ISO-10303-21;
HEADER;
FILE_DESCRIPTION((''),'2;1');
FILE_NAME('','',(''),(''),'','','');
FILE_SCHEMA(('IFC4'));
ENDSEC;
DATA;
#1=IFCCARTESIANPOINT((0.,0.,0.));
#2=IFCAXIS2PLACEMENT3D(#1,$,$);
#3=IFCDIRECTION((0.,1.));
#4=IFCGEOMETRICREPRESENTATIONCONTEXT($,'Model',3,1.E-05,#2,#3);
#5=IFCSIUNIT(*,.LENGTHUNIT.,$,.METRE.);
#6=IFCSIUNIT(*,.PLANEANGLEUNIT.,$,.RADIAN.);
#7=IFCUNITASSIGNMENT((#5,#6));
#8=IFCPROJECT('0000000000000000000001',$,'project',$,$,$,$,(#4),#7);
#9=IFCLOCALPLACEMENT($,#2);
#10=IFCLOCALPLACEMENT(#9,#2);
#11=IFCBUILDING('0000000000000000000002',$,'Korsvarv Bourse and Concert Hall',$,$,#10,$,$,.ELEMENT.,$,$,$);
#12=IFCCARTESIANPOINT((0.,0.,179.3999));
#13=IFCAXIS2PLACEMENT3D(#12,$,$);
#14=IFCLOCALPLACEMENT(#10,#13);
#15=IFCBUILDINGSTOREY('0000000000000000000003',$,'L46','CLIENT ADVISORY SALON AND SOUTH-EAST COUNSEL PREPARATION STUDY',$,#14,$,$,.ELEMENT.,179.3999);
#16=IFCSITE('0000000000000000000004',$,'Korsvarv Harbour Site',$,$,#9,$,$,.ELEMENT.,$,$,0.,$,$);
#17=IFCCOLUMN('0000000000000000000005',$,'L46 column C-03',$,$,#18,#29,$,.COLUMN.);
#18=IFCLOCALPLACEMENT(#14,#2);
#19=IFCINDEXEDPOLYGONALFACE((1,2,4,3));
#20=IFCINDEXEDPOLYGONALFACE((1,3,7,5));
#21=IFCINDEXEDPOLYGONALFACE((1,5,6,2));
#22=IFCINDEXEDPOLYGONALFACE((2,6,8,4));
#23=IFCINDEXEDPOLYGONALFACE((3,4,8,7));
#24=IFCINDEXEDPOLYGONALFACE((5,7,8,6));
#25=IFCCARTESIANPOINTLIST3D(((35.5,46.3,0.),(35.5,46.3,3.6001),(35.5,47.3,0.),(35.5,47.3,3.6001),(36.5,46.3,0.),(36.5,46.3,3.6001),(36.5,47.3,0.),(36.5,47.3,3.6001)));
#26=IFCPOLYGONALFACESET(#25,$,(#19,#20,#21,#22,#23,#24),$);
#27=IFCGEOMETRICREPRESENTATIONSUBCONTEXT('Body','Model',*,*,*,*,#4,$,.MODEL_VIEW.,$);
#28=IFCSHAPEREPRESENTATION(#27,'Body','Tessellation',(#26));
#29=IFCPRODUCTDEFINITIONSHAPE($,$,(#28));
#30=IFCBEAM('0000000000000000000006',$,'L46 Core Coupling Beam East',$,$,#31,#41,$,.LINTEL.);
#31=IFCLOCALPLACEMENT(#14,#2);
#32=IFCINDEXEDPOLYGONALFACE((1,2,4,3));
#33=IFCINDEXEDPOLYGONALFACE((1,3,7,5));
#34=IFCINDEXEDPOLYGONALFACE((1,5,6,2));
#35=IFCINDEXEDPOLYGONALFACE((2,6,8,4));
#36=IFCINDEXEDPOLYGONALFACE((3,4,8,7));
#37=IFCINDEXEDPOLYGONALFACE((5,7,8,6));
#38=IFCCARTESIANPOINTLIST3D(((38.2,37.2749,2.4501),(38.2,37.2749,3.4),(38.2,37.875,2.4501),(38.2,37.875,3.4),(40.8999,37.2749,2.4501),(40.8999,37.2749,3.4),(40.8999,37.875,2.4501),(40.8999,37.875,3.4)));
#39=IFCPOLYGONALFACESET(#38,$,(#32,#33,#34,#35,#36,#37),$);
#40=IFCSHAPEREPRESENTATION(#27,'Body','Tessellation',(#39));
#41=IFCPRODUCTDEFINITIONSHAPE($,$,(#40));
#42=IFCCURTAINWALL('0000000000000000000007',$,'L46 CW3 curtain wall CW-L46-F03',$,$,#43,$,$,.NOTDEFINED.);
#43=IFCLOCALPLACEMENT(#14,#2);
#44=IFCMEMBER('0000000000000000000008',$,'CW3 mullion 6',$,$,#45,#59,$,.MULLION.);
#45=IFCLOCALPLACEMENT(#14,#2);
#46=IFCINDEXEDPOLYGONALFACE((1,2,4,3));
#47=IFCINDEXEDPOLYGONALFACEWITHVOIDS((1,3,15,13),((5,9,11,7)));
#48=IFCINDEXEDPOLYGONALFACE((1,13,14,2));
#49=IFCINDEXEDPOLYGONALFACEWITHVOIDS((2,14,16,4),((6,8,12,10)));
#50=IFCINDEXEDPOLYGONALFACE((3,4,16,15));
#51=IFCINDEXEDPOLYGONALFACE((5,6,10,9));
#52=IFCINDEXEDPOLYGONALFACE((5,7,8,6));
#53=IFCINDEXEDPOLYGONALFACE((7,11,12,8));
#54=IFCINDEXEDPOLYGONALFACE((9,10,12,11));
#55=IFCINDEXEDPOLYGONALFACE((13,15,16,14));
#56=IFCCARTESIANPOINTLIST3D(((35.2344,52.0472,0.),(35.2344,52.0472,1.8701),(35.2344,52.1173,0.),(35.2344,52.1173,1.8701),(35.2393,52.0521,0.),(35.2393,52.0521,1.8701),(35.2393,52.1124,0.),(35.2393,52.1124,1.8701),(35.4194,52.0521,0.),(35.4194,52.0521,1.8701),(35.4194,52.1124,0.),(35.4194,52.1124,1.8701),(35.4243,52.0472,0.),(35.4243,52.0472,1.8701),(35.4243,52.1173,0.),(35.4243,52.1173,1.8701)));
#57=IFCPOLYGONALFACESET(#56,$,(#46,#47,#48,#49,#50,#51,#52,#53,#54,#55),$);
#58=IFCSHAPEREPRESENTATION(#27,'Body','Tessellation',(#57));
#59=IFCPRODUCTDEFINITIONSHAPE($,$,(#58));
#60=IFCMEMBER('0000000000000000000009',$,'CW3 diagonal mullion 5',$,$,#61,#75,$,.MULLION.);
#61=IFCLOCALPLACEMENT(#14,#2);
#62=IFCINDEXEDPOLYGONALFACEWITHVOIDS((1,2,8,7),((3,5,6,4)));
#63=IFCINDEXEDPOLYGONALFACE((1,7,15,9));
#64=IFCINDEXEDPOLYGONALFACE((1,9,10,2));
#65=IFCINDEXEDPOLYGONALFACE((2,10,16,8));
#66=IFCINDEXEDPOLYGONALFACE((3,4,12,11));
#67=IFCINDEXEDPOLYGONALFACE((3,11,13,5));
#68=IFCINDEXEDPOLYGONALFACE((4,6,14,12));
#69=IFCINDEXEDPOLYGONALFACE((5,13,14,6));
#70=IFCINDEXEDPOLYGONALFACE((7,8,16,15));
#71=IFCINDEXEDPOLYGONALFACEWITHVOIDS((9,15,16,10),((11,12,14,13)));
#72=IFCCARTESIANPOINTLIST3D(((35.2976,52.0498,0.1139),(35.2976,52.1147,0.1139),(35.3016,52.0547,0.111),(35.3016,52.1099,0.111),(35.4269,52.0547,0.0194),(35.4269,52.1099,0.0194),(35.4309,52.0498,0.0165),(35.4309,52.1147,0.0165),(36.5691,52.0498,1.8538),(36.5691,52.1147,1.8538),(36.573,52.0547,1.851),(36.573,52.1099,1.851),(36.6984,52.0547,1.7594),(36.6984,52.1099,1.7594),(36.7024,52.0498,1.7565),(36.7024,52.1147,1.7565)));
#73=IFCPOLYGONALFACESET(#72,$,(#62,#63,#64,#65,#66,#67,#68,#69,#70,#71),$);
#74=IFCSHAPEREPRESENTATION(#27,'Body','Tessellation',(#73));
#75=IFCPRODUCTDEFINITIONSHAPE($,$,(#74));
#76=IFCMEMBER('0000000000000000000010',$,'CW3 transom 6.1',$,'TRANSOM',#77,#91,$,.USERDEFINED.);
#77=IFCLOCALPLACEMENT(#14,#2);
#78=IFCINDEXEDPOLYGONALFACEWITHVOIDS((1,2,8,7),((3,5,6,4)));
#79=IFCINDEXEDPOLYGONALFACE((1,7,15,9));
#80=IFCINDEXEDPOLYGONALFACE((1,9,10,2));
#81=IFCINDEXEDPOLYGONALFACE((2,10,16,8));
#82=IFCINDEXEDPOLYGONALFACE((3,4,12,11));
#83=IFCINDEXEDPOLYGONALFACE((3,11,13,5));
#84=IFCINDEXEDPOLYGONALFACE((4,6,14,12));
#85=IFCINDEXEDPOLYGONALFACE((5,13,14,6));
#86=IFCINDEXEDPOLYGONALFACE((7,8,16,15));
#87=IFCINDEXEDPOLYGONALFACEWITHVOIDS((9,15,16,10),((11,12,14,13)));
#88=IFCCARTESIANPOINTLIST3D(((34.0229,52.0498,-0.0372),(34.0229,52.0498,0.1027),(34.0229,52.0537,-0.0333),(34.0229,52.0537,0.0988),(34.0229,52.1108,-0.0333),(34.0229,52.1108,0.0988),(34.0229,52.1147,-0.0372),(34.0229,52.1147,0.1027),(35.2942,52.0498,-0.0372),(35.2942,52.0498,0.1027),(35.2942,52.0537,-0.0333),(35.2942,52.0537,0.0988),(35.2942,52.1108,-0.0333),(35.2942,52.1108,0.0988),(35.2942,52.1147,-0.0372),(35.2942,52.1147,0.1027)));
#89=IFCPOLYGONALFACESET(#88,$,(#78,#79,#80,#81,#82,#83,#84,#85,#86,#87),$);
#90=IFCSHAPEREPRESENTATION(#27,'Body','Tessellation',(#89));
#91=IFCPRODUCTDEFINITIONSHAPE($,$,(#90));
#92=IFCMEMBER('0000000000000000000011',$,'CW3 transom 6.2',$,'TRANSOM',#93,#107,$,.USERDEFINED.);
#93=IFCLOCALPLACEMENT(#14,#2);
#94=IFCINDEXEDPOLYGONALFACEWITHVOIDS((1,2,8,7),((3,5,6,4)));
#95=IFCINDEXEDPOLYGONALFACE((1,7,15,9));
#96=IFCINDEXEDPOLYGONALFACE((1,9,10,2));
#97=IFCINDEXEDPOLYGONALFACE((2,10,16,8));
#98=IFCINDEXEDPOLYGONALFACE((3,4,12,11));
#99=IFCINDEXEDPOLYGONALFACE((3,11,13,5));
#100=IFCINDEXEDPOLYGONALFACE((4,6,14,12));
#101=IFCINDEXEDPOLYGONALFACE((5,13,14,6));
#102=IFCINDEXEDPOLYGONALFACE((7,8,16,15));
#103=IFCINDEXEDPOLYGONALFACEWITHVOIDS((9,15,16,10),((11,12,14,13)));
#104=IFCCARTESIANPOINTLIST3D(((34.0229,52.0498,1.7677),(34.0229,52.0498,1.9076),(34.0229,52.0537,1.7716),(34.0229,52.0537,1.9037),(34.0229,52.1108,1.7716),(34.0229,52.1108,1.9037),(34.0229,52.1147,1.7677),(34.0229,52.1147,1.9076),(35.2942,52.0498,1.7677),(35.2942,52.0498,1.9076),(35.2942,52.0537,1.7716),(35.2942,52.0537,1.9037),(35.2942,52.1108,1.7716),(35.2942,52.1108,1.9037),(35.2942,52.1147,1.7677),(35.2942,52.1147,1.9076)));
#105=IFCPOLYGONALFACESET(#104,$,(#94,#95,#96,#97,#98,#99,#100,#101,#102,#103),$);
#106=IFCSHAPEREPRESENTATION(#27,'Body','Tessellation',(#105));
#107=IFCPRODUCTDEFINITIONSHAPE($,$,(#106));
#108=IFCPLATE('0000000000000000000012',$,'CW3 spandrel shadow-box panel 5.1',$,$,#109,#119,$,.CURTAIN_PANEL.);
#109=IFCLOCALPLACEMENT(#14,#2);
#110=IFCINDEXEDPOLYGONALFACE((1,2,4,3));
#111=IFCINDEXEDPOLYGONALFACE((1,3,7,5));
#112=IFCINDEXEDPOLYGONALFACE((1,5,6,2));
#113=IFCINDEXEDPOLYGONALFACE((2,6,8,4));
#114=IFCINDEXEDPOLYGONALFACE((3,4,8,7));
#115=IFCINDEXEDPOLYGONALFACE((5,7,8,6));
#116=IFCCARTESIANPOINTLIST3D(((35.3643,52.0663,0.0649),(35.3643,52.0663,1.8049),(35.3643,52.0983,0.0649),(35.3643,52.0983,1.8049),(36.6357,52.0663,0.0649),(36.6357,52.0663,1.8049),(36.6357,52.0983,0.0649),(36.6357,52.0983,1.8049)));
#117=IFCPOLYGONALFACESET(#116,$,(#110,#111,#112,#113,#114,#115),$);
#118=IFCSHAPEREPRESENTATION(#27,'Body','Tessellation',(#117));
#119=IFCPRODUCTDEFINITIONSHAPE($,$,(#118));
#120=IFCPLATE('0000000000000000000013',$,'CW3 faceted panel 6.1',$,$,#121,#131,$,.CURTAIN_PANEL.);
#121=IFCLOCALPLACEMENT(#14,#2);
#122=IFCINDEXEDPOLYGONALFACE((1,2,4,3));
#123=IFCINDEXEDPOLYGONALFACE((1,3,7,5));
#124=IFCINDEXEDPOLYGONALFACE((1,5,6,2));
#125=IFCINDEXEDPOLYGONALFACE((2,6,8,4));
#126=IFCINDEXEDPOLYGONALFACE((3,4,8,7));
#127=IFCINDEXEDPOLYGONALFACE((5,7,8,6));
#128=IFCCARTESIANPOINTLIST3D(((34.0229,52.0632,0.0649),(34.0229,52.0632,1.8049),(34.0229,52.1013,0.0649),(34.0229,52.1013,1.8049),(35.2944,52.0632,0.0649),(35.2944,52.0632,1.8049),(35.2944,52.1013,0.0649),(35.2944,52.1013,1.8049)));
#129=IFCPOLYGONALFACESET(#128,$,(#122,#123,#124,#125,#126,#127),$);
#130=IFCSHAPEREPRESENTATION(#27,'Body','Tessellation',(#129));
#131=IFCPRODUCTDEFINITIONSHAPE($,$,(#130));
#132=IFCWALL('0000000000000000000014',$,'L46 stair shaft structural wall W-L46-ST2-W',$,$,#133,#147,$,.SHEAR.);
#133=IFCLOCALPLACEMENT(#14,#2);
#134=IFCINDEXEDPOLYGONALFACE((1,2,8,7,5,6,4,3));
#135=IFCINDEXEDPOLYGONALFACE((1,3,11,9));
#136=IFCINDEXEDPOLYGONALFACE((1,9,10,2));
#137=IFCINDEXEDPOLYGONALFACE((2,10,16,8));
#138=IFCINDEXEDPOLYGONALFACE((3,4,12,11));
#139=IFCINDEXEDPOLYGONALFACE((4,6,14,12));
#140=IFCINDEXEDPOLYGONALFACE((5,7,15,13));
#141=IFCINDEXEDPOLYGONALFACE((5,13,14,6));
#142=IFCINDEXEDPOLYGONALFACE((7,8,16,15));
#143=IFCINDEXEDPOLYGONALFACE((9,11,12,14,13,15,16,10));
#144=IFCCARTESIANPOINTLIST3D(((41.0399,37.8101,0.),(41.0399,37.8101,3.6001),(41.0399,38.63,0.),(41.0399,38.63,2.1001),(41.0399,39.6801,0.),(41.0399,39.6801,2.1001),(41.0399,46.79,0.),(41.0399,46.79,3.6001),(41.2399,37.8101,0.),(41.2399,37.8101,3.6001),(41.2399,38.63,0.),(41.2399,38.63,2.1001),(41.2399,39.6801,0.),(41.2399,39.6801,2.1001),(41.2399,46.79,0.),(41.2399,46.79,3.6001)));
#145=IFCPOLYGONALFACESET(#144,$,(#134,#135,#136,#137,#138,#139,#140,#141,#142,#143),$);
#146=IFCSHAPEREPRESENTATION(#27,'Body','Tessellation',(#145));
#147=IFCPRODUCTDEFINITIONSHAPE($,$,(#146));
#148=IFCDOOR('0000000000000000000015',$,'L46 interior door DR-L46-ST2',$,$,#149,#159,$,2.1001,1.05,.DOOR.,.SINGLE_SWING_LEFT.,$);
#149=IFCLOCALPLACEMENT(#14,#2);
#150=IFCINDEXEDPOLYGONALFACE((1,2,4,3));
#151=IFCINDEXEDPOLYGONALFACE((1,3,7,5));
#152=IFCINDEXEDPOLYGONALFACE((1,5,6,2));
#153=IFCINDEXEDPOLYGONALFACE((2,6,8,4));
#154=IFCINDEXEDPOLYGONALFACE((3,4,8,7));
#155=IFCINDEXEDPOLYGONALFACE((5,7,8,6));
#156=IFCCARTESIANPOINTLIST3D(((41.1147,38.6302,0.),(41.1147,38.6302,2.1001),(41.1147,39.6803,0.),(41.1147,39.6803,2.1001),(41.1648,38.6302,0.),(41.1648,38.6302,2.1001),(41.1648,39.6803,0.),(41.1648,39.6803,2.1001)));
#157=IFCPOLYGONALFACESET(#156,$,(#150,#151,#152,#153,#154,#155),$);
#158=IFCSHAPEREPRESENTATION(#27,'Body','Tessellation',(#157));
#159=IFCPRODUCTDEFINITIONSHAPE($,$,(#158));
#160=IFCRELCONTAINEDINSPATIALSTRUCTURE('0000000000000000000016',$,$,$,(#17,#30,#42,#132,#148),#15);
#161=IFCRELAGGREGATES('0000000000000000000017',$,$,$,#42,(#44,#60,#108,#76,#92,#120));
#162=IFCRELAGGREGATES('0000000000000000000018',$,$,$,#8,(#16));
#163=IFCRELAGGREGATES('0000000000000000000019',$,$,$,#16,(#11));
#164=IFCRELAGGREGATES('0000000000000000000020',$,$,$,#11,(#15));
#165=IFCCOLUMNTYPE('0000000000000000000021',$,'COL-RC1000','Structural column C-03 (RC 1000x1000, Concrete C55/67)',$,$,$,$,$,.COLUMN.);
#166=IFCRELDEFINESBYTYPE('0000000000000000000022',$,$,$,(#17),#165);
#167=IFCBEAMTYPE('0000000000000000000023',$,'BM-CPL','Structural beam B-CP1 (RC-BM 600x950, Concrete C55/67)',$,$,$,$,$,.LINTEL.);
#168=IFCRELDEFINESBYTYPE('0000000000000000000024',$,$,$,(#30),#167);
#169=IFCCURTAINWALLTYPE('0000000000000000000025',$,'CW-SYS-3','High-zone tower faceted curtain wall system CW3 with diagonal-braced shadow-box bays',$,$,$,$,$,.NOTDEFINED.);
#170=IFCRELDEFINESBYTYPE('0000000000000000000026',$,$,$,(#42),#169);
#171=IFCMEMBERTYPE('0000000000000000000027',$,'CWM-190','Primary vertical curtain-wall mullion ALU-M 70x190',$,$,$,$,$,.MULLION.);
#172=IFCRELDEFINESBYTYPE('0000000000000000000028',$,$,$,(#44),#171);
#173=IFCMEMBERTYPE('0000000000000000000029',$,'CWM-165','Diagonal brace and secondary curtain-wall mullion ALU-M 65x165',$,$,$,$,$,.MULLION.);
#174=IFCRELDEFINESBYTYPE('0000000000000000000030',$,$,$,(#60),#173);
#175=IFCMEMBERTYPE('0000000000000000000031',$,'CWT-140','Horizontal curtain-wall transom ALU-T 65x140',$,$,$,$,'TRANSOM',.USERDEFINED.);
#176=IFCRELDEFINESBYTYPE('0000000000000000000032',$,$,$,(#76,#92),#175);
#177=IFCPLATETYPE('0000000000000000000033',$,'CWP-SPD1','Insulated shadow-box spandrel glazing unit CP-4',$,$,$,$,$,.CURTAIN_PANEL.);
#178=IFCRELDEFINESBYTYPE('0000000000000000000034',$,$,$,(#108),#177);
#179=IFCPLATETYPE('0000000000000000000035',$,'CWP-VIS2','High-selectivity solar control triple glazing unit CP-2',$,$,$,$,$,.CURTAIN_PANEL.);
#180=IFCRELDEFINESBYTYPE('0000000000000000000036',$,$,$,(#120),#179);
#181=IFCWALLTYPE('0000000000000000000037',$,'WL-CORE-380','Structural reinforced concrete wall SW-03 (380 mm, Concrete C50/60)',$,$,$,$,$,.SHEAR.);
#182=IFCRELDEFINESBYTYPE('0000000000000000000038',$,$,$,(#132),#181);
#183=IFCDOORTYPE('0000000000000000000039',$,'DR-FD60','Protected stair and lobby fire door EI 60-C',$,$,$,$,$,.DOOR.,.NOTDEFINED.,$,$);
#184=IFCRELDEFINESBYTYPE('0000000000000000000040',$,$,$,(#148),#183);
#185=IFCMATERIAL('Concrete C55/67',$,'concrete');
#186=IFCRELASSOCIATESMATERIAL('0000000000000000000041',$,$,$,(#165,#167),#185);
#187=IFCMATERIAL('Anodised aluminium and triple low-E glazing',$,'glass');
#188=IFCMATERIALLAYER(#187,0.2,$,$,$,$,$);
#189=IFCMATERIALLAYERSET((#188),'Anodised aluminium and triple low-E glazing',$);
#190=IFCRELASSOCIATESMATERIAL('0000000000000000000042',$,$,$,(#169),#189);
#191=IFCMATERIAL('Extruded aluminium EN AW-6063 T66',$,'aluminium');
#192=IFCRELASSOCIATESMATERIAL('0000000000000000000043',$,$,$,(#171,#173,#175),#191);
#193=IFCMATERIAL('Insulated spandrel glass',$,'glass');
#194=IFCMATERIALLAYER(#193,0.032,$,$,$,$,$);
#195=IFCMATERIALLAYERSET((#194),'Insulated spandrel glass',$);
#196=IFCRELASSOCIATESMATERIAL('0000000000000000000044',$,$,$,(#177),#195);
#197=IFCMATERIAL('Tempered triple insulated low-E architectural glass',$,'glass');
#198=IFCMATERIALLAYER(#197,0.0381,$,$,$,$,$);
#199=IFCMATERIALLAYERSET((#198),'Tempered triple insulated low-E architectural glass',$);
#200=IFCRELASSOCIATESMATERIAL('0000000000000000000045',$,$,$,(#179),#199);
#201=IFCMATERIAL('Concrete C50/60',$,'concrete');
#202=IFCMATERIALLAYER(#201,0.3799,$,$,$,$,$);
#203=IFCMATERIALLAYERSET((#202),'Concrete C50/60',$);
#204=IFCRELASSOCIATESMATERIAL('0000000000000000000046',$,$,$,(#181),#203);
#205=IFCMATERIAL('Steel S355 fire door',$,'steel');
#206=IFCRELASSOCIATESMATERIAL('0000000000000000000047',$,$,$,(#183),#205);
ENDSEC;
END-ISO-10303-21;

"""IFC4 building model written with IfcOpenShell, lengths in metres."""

from ifc_helpers import new_model, si_unit, direction, frame, frame_2d, origin, origin_2d, place, context, subcontext, project, spatial, rectangle, hollow_rectangle, extrude, source, transform, mapped, material, layer, layer_set, material_profile, profile_set, type_object, element, fill, aggregate, save


model = new_model("IFC4")

# Units and contexts
model_context = context("Model", 3, precision=1e-05, world=origin(), true_north=direction((0.0, 1.0)))
body_context = subcontext(model_context, "Body", "Model", "MODEL_VIEW")
ifc_project = project(units=[si_unit("LENGTHUNIT", "METRE"), si_unit("PLANEANGLEUNIT", "RADIAN")], contexts=[model_context])

# Site, building, storey
site_placement = place(None, origin())
site = spatial("IfcSite", under=ifc_project, at=site_placement, Name="Korsvarv Harbour Site", CompositionType="ELEMENT", RefElevation=0.0)
building_placement = place(site_placement, origin())
building = spatial("IfcBuilding", under=site, at=building_placement, Name="Korsvarv Bourse and Concert Hall", CompositionType="ELEMENT")
storey_placement = place(building_placement, frame((0.0, 0.0, 179.3999)))
storey = spatial("IfcBuildingStorey", under=building, at=storey_placement, Name="L46", Description="CLIENT ADVISORY SALON AND SOUTH-EAST COUNSEL PREPARATION STUDY", CompositionType="ELEMENT", Elevation=179.3999)

# Column
ifc_material_1 = material(Name="Concrete C55/67", Category="concrete")
ifc_material_profile_1 = material_profile(ifc_material_1, rectangle(XDim=1.0, YDim=1.0, at=origin_2d()), Name="RC 1000x1000")
ifc_profile_set_1 = profile_set([ifc_material_profile_1], Name="Concrete C55/67")
column_type = type_object("IfcColumnType", Name="COL-RC1000", Description="Structural column C-03 (RC 1000x1000, Concrete C55/67)", PredefinedType="COLUMN", material=ifc_profile_set_1)
shared_shape_1 = source(origin(), body_context, "Body", "SweptSolid", [
    extrude(rectangle(XDim=1.0, YDim=1.0, at=origin_2d()), origin(), (0.0, 0.0, 1.0), 3.6001),
])
column_placement = place(storey_placement, frame((36.0, 46.8, 0.0), z_axis=(0.0, 0.0, 1.0), x_axis=(1.0, 0.0, 0.0)))
element("IfcColumn", 1, at=column_placement, inside=storey, type_object=column_type, Name="L46 column C-03", PredefinedType="COLUMN", context=body_context, shape_type="MappedRepresentation", body=[
    mapped(shared_shape_1, transform((0.0, 0.0, 0.0), scale=1.0)),
])

# Beam
ifc_material_profile_2 = material_profile(ifc_material_1, rectangle(XDim=0.6001, YDim=0.95, at=origin_2d()), Name="RC-BM 600x950")
ifc_profile_set_2 = profile_set([ifc_material_profile_2], Name="Concrete C55/67")
beam_type = type_object("IfcBeamType", Name="BM-CPL", Description="Structural beam B-CP1 (RC-BM 600x950, Concrete C55/67)", PredefinedType="LINTEL", material=ifc_profile_set_2)
shared_shape_2 = source(origin(), body_context, "Body", "SweptSolid", [
    extrude(rectangle(XDim=0.6001, YDim=0.95, at=origin_2d()), origin(), (0.0, 0.0, 1.0), 2.7),
])
beam_placement = place(storey_placement, frame((38.2, 37.575, 2.925), z_axis=(1.0, 0.0, 0.0), x_axis=(0.0, 1.0, 0.0)))
element("IfcBeam", 2, at=beam_placement, inside=storey, type_object=beam_type, Name="L46 Core Coupling Beam East", PredefinedType="LINTEL", context=body_context, shape_type="MappedRepresentation", body=[
    mapped(shared_shape_2, transform((0.0, 0.0, 0.0), scale=1.0)),
])

# Curtain wall, members, plates
ifc_material_2 = material(Name="Anodised aluminium and triple low-E glazing", Category="glass")
ifc_layer_1 = layer(ifc_material_2, 0.2)
ifc_layer_set_1 = layer_set([ifc_layer_1], Name="Anodised aluminium and triple low-E glazing")
curtain_wall_type = type_object("IfcCurtainWallType", Name="CW-SYS-3", Description="High-zone tower faceted curtain wall system CW3 with diagonal-braced shadow-box bays", PredefinedType="NOTDEFINED", material=ifc_layer_set_1)
curtain_wall_placement = place(storey_placement, origin())
curtain_wall = element("IfcCurtainWall", 3, at=curtain_wall_placement, inside=storey, type_object=curtain_wall_type, Name="L46 CW3 curtain wall CW-L46-F03", PredefinedType="NOTDEFINED")
ifc_material_3 = material(Name="Extruded aluminium EN AW-6063 T66", Category="aluminium")
ifc_material_profile_3 = material_profile(ifc_material_3, hollow_rectangle(XDim=0.0701, YDim=0.1899, WallThickness=0.0049, at=origin_2d()), Name="ALU-M 70x190")
ifc_profile_set_3 = profile_set([ifc_material_profile_3], Name="Extruded aluminium EN AW-6063 T66")
member_type_1 = type_object("IfcMemberType", Name="CWM-190", Description="Primary vertical curtain-wall mullion ALU-M 70x190", PredefinedType="MULLION", material=ifc_profile_set_3)
shared_shape_3 = source(origin(), body_context, "Body", "SweptSolid", [
    extrude(hollow_rectangle(XDim=0.0701, YDim=0.1899, WallThickness=0.0049, at=origin_2d()), origin(), (0.0, 0.0, 1.0), 1.8701),
])
member_1_placement = place(storey_placement, frame((35.3293, 52.0823, 0.0), z_axis=(0.0, 0.0, 1.0), x_axis=(0.0, -1.0, 0.0)))
member_1 = element("IfcMember", 4, at=member_1_placement, type_object=member_type_1, Name="CW3 mullion 6", PredefinedType="MULLION", context=body_context, shape_type="MappedRepresentation", body=[
    mapped(shared_shape_3, transform((0.0, 0.0, 0.0), scale=1.0)),
])
ifc_material_profile_4 = material_profile(ifc_material_3, hollow_rectangle(XDim=0.0649, YDim=0.165, WallThickness=0.0049, at=origin_2d()), Name="ALU-M 65x165")
ifc_profile_set_4 = profile_set([ifc_material_profile_4], Name="Extruded aluminium EN AW-6063 T66")
member_type_2 = type_object("IfcMemberType", Name="CWM-165", Description="Diagonal brace and secondary curtain-wall mullion ALU-M 65x165", PredefinedType="MULLION", material=ifc_profile_set_4)
shared_shape_4 = source(origin(), body_context, "Body", "SweptSolid", [
    extrude(hollow_rectangle(XDim=0.0649, YDim=0.165, WallThickness=0.0049, at=origin_2d()), origin(), (0.0, 0.0, 1.0), 2.155),
])
member_2_placement = place(storey_placement, frame((35.3643, 52.0823, 0.0652), z_axis=(0.590002, 0.0, 0.807402), x_axis=(0.0, 1.0, 0.0)))
member_2 = element("IfcMember", 5, at=member_2_placement, type_object=member_type_2, Name="CW3 diagonal mullion 5", PredefinedType="MULLION", context=body_context, shape_type="MappedRepresentation", body=[
    mapped(shared_shape_4, transform((0.0, 0.0, 0.0), scale=1.0)),
])
ifc_material_profile_5 = material_profile(ifc_material_3, hollow_rectangle(XDim=0.0649, YDim=0.1399, WallThickness=0.0039, at=origin_2d()), Name="ALU-T 65x140")
ifc_profile_set_5 = profile_set([ifc_material_profile_5], Name="Extruded aluminium EN AW-6063 T66")
member_type_3 = type_object("IfcMemberType", Name="CWT-140", Description="Horizontal curtain-wall transom ALU-T 65x140", ElementType="TRANSOM", PredefinedType="USERDEFINED", material=ifc_profile_set_5)
shared_shape_5 = source(origin(), body_context, "Body", "SweptSolid", [
    extrude(hollow_rectangle(XDim=0.0649, YDim=0.1399, WallThickness=0.0039, at=origin_2d()), origin(), (0.0, 0.0, 1.0), 1.2712),
])
member_3_placement = place(storey_placement, frame((35.2942, 52.0823, 0.0327), z_axis=(-1.0, 0.0, 0.0), x_axis=(0.0, -1.0, 0.0)))
member_3 = element("IfcMember", 6, at=member_3_placement, type_object=member_type_3, Name="CW3 transom 6.1", ObjectType="TRANSOM", PredefinedType="USERDEFINED", context=body_context, shape_type="MappedRepresentation", body=[
    mapped(shared_shape_5, transform((0.0, 0.0, 0.0), scale=1.0)),
])
member_4_placement = place(storey_placement, frame((35.2942, 52.0823, 1.8376), z_axis=(-1.0, 0.0, 0.0), x_axis=(0.0, -1.0, 0.0)))
member_4 = element("IfcMember", 7, at=member_4_placement, type_object=member_type_3, Name="CW3 transom 6.2", ObjectType="TRANSOM", PredefinedType="USERDEFINED", context=body_context, shape_type="MappedRepresentation", body=[
    mapped(shared_shape_5, transform((0.0, 0.0, 0.0), scale=1.0)),
])
ifc_material_4 = material(Name="Insulated spandrel glass", Category="glass")
ifc_layer_2 = layer(ifc_material_4, 0.032)
ifc_layer_set_2 = layer_set([ifc_layer_2], Name="Insulated spandrel glass")
plate_type_1 = type_object("IfcPlateType", Name="CWP-SPD1", Description="Insulated shadow-box spandrel glazing unit CP-4", PredefinedType="CURTAIN_PANEL", material=ifc_layer_set_2)
shared_shape_6 = source(origin(), body_context, "Body", "SweptSolid", [
    extrude(rectangle(XDim=1.2715, YDim=0.032, at=origin_2d()), origin(), (0.0, 0.0, 1.0), 1.74),
])
plate_1_placement = place(storey_placement, frame((36.0, 52.0823, 0.0649), z_axis=(0.0, 0.0, 1.0), x_axis=(-1.0, 0.0, 0.0)))
plate_1 = element("IfcPlate", 8, at=plate_1_placement, type_object=plate_type_1, Name="CW3 spandrel shadow-box panel 5.1", PredefinedType="CURTAIN_PANEL", context=body_context, shape_type="MappedRepresentation", body=[
    mapped(shared_shape_6, transform((0.0, 0.0, 0.0), scale=1.0)),
])
ifc_material_5 = material(Name="Tempered triple insulated low-E architectural glass", Category="glass")
ifc_layer_3 = layer(ifc_material_5, 0.0381)
ifc_layer_set_3 = layer_set([ifc_layer_3], Name="Tempered triple insulated low-E architectural glass")
plate_type_2 = type_object("IfcPlateType", Name="CWP-VIS2", Description="High-selectivity solar control triple glazing unit CP-2", PredefinedType="CURTAIN_PANEL", material=ifc_layer_set_3)
shared_shape_7 = source(origin(), body_context, "Body", "SweptSolid", [
    extrude(rectangle(XDim=1.2715, YDim=0.0381, at=origin_2d()), origin(), (0.0, 0.0, 1.0), 1.74),
])
plate_2_placement = place(storey_placement, frame((34.6587, 52.0823, 0.0649), z_axis=(0.0, 0.0, 1.0), x_axis=(-1.0, 0.0, 0.0)))
plate_2 = element("IfcPlate", 9, at=plate_2_placement, type_object=plate_type_2, Name="CW3 faceted panel 6.1", PredefinedType="CURTAIN_PANEL", context=body_context, shape_type="MappedRepresentation", body=[
    mapped(shared_shape_7, transform((0.0, 0.0, 0.0), scale=1.0)),
])
aggregate(curtain_wall, [member_1, member_2, plate_1, member_3, member_4, plate_2])

# Wall, opening, door
ifc_material_6 = material(Name="Concrete C50/60", Category="concrete")
ifc_layer_4 = layer(ifc_material_6, 0.3799)
ifc_layer_set_4 = layer_set([ifc_layer_4], Name="Concrete C50/60")
wall_type_1 = type_object("IfcWallType", Name="WL-CORE-380", Description="Structural reinforced concrete wall SW-03 (380 mm, Concrete C50/60)", PredefinedType="SHEAR", material=ifc_layer_set_4)
wall_1_placement = place(storey_placement, frame((41.1399, 37.8101, 0.0), z_axis=(0.0, 0.0, 1.0), x_axis=(0.0, 1.0, 0.0)))
wall_1 = element("IfcWall", 10, at=wall_1_placement, inside=storey, type_object=wall_type_1, Name="L46 stair shaft structural wall W-L46-ST2-W", PredefinedType="SHEAR", context=body_context, shape_type="SweptSolid", body=[
    extrude(rectangle(XDim=8.98, YDim=0.2, at=frame_2d((4.49, 0.0))), origin(), (0.0, 0.0, 1.0), 3.6001),
])
opening_1_placement = place(wall_1_placement, frame((0.8201, 0.0, 0.0)))
opening_1 = element("IfcOpeningElement", 11, at=opening_1_placement, cuts=wall_1, PredefinedType="OPENING", context=body_context, shape_type="SweptSolid", body=[
    extrude(rectangle(XDim=1.05, YDim=2.1001, at=frame_2d((0.5249, 1.05))), frame((0.0, 0.1099, 0.0), z_axis=(0.0, -1.0, 0.0), x_axis=(1.0, 0.0, 0.0)), (0.0, 0.0, 1.0), 0.22),
])
ifc_material_7 = material(Name="Steel S355 fire door", Category="steel")
door_type_1 = type_object("IfcDoorType", Name="DR-FD60", Description="Protected stair and lobby fire door EI 60-C", OperationType="NOTDEFINED", PredefinedType="DOOR", material=ifc_material_7)
door_1_placement = place(opening_1_placement, frame((1.05, 0.0, 0.0), z_axis=(0.0, 0.0, 1.0), x_axis=(-1.0, 0.0, 0.0)))
door_1 = element("IfcDoor", 12, at=door_1_placement, inside=storey, type_object=door_type_1, Name="L46 interior door DR-L46-ST2", OperationType="SINGLE_SWING_LEFT", OverallHeight=2.1001, OverallWidth=1.05, PredefinedType="DOOR", context=body_context, shape_type="SweptSolid", body=[
    extrude(rectangle(XDim=1.05, YDim=2.1001, at=frame_2d((0.5249, 1.05))), frame((0.0, 0.0249, 0.0), z_axis=(0.0, -1.0, 0.0), x_axis=(1.0, 0.0, 0.0)), (0.0, 0.0, 1.0), 0.05),
])
fill(opening_1, door_1)

save(model, "model.ifc")
